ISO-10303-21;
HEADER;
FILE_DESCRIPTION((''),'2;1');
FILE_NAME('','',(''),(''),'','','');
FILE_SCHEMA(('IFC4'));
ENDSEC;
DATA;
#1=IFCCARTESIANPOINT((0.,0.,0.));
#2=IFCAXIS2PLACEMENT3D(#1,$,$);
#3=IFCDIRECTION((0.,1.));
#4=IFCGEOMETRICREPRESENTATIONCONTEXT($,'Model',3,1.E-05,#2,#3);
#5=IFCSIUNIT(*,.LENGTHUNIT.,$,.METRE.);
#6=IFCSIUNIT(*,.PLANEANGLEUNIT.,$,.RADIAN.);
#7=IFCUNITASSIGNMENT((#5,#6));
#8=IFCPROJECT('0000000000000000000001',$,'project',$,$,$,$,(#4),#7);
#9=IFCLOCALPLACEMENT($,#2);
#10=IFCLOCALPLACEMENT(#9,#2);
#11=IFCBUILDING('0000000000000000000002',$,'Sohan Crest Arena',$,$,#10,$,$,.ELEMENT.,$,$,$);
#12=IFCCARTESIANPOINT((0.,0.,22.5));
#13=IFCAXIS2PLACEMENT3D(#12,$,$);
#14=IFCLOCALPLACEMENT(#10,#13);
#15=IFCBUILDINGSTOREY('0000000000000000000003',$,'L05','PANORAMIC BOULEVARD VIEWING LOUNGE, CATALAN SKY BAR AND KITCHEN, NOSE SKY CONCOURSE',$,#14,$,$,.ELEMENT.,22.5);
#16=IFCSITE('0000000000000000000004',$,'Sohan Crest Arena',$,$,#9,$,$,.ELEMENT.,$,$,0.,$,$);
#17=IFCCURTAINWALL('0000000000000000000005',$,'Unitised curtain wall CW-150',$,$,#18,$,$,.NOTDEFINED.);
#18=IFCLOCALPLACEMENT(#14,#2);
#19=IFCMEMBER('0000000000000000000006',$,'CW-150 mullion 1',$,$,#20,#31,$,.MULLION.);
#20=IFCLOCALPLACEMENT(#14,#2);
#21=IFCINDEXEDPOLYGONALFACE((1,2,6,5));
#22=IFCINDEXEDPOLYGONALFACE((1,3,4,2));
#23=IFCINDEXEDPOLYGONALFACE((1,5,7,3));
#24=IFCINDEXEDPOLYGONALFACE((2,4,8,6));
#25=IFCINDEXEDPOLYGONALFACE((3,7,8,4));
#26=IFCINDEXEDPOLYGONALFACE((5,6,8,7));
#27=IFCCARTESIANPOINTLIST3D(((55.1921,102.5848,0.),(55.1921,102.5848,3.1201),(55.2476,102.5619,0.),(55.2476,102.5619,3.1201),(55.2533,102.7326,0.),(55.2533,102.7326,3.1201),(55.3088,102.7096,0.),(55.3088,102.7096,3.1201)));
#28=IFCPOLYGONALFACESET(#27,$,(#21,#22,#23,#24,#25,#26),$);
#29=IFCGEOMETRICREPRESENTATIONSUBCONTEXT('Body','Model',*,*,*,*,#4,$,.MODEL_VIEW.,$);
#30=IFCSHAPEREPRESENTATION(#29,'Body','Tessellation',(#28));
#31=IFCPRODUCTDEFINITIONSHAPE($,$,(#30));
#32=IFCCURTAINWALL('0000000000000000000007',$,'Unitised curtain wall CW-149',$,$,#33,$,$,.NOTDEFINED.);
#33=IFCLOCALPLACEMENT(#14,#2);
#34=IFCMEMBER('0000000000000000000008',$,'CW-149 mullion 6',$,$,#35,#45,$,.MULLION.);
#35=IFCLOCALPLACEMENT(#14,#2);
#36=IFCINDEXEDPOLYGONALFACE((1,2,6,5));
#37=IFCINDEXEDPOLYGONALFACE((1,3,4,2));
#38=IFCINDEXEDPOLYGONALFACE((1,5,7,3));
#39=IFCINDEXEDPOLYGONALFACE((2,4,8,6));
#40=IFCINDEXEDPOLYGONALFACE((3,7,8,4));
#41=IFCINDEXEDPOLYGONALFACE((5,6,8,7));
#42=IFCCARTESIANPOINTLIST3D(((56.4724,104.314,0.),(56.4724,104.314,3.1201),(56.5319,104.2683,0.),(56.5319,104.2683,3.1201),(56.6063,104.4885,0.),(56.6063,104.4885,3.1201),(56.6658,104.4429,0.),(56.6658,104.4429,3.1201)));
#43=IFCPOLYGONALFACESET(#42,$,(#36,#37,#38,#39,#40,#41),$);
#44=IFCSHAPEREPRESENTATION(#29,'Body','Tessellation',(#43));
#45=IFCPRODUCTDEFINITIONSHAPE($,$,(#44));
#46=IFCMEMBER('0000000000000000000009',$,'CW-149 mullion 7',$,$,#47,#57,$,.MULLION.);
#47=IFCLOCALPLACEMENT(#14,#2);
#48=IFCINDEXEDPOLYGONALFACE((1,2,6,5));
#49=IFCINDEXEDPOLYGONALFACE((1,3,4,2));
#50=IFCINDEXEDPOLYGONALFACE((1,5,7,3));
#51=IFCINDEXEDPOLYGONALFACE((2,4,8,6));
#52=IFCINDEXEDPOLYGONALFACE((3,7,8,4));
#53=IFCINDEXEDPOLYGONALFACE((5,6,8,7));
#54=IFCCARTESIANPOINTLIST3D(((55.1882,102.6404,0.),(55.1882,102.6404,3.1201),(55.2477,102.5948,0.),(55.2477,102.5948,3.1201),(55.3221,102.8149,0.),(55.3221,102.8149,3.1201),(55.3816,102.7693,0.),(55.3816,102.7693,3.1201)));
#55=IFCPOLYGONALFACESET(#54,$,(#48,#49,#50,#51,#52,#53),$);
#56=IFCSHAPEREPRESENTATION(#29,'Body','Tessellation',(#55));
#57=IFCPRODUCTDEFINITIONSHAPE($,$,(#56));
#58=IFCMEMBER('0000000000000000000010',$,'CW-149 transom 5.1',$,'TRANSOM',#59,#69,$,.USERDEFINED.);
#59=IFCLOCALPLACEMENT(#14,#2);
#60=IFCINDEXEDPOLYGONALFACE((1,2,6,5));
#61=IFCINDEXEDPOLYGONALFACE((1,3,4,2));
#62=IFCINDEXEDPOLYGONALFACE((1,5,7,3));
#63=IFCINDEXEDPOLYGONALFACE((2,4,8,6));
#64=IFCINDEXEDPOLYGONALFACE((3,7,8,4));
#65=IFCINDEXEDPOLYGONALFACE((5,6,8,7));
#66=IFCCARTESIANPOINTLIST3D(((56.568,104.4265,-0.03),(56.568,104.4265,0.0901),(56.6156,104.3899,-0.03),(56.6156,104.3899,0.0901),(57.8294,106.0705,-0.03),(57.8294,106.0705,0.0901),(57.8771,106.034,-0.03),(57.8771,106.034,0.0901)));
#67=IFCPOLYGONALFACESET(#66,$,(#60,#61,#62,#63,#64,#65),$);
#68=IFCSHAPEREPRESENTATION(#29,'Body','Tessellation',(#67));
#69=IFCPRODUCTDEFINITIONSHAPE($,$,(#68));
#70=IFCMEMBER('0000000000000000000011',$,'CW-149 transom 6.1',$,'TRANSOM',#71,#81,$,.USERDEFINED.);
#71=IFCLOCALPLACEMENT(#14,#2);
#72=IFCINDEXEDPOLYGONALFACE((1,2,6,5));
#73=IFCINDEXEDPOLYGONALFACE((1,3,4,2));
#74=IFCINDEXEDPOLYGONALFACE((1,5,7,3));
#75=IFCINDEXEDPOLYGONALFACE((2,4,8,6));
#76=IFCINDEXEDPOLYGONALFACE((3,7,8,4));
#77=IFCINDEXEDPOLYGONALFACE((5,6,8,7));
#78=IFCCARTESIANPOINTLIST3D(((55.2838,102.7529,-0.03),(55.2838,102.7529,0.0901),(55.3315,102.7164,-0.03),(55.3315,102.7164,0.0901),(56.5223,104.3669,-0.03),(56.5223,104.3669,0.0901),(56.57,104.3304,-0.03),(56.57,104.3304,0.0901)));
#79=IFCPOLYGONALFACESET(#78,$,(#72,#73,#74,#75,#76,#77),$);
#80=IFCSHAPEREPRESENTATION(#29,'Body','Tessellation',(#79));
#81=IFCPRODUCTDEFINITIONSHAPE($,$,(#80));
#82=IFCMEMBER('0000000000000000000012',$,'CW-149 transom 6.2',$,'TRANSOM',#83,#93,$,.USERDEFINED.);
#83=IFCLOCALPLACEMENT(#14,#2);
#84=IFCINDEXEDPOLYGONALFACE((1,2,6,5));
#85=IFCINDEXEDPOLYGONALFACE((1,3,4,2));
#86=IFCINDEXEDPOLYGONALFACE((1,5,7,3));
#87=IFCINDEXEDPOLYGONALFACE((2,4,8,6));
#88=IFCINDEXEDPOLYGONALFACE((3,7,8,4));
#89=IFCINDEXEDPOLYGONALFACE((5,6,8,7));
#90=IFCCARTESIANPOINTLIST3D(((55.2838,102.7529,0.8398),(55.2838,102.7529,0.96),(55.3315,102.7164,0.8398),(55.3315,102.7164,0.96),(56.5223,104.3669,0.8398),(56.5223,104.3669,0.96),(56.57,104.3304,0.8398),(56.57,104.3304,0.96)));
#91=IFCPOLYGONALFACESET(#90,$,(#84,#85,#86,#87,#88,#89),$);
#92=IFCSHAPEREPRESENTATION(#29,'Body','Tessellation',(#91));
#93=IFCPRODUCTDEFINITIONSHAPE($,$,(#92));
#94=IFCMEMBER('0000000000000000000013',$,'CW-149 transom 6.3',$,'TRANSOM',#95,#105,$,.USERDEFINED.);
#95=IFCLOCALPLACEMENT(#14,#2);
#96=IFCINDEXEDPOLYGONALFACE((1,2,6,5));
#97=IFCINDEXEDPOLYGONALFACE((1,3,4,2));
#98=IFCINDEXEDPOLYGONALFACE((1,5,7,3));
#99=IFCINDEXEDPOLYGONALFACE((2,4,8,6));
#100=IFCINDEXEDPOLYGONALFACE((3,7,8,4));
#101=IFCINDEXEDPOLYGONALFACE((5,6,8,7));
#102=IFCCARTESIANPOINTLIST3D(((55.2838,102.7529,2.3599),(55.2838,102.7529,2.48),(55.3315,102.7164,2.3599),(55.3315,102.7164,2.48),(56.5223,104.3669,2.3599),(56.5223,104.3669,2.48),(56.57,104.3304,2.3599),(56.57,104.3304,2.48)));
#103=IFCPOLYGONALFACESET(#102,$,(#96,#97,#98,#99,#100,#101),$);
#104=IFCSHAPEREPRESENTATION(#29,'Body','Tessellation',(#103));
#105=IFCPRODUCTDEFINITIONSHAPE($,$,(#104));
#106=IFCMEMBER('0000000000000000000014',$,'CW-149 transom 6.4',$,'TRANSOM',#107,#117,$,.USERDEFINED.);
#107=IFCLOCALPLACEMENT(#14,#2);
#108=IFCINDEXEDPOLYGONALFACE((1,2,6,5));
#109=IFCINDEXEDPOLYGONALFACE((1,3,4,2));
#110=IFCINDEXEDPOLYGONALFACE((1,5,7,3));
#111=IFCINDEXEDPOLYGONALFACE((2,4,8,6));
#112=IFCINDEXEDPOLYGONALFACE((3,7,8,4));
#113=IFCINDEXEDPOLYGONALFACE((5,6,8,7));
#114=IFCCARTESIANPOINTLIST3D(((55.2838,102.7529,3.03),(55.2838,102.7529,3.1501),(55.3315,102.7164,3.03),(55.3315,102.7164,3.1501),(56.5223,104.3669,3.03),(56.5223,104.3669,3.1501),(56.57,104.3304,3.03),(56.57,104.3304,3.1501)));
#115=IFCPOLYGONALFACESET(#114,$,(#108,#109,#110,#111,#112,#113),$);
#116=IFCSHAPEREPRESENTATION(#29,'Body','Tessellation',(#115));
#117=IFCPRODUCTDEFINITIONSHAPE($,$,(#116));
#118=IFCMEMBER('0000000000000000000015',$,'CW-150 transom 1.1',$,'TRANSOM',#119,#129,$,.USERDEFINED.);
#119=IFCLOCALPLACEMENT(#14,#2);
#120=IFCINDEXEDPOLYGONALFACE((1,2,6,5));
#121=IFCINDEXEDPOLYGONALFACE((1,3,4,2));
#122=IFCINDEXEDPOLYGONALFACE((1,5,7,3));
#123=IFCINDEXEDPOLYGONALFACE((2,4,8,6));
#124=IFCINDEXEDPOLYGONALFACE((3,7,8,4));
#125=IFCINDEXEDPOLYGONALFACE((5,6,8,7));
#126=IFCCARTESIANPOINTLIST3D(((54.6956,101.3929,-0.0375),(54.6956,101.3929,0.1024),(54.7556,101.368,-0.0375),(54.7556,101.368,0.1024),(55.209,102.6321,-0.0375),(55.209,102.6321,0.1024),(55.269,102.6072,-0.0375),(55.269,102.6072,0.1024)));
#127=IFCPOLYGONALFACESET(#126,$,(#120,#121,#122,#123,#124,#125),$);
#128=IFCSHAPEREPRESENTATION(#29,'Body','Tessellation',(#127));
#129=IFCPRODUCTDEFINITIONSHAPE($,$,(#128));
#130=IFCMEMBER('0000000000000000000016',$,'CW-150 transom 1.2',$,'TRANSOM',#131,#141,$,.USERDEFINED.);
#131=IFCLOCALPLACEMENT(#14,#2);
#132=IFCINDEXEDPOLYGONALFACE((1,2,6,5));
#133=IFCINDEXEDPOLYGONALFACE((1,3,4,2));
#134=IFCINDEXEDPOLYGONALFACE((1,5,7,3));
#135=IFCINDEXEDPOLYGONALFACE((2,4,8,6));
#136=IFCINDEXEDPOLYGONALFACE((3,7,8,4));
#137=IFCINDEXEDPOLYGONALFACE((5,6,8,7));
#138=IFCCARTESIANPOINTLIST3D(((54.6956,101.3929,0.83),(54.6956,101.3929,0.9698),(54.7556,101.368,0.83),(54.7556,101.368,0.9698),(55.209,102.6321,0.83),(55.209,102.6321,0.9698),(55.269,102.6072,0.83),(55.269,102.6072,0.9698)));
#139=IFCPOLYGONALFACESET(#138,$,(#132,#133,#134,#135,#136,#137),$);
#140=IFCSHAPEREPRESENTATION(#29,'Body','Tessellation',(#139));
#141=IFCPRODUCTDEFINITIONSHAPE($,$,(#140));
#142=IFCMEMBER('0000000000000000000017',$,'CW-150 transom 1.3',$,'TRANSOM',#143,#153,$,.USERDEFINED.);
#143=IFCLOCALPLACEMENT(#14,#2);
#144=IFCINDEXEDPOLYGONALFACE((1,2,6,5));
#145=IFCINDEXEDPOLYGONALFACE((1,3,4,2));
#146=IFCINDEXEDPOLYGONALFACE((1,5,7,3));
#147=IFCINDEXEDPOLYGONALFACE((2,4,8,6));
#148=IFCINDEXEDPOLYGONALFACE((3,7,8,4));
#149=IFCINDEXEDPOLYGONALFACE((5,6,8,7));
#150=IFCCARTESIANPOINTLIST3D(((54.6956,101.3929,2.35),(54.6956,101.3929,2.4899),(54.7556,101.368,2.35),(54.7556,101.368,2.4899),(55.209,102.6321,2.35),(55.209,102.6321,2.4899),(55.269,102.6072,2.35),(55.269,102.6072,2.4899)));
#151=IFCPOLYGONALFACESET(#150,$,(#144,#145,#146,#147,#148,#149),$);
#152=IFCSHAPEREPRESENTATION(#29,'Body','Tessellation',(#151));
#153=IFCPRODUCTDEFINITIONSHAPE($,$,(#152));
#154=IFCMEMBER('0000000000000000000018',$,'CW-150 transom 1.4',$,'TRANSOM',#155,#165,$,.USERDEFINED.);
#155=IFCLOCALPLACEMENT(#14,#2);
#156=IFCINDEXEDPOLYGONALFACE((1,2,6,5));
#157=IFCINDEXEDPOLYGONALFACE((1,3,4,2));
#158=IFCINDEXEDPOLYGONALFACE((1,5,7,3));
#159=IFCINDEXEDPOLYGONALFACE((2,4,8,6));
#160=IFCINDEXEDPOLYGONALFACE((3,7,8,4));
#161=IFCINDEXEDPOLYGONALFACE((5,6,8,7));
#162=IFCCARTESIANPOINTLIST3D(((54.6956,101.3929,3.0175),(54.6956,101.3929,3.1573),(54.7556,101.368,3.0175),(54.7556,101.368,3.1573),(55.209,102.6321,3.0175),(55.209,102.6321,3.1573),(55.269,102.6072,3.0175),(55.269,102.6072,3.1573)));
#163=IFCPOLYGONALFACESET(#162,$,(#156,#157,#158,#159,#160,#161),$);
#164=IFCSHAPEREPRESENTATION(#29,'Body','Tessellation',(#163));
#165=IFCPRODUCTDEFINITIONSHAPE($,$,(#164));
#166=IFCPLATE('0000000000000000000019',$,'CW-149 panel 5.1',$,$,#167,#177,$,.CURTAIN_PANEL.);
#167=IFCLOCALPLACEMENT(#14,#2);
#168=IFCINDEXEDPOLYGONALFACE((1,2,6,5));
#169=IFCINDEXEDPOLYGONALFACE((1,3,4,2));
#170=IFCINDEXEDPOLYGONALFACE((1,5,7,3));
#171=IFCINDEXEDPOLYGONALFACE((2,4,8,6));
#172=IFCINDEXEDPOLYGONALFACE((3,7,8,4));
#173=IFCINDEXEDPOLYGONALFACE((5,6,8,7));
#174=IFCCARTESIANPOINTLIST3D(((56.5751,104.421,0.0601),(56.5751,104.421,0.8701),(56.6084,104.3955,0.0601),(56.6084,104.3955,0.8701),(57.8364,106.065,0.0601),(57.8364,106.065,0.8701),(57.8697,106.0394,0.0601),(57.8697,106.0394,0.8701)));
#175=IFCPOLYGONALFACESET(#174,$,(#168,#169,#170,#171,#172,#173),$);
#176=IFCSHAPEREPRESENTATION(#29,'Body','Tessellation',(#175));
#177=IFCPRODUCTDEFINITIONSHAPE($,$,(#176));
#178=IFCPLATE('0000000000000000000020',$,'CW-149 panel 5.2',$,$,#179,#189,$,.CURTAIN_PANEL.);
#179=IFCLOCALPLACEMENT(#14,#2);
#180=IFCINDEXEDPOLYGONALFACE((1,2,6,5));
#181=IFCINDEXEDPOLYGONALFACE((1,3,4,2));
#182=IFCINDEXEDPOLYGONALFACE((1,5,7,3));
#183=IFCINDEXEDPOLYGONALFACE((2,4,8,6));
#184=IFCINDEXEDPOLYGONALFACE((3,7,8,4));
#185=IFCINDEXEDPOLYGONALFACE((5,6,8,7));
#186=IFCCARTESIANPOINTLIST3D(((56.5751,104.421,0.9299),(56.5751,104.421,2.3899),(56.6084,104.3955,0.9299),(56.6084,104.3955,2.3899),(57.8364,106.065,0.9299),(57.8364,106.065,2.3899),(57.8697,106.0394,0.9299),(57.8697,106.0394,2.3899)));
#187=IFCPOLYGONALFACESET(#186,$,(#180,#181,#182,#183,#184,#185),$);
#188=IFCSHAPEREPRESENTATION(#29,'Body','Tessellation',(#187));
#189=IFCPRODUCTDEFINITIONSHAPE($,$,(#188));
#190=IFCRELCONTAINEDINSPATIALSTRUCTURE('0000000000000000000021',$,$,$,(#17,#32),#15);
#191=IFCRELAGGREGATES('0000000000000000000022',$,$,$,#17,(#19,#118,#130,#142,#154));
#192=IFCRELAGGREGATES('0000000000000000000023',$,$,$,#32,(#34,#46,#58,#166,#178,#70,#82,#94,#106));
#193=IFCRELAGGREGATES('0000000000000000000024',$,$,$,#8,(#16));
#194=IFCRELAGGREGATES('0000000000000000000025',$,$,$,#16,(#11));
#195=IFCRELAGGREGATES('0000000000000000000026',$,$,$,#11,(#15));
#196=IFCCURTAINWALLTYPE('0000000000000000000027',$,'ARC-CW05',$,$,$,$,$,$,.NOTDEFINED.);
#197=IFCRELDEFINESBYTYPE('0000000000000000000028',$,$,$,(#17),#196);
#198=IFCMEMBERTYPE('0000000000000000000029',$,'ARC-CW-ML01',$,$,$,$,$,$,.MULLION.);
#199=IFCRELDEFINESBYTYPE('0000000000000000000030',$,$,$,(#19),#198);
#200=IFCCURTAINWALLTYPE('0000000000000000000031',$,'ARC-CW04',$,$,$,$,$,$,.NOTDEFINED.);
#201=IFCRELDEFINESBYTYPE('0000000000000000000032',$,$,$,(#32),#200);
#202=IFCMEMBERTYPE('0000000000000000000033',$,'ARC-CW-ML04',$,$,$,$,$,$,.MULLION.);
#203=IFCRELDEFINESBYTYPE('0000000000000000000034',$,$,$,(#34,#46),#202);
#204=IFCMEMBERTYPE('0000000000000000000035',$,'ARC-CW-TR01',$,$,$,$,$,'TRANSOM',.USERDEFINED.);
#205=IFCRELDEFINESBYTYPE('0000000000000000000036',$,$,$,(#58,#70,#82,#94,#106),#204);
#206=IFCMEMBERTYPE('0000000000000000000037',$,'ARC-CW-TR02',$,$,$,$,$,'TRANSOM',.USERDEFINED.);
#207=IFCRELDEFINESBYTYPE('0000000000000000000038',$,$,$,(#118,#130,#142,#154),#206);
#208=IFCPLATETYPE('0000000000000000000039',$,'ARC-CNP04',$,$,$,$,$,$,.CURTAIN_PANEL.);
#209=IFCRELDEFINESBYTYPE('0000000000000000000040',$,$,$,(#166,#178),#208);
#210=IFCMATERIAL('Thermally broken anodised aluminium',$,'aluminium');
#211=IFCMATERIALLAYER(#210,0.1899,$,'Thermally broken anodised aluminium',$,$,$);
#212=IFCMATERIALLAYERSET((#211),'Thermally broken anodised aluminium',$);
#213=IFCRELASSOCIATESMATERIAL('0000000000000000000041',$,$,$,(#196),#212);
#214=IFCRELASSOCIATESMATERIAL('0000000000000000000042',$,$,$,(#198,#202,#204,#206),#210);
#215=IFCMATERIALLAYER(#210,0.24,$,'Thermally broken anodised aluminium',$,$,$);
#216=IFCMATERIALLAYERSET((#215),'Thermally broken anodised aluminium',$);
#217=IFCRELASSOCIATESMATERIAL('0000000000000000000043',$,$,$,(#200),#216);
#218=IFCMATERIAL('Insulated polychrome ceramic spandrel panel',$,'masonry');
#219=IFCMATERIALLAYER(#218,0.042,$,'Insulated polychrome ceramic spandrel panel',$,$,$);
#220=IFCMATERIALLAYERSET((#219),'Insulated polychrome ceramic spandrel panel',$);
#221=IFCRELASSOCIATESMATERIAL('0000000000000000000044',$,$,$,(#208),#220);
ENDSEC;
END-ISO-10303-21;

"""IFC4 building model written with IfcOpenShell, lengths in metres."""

from ifc_helpers import new_model, si_unit, direction, frame, origin, origin_2d, place, context, subcontext, project, spatial, rectangle, extrude, material, layer, layer_set, material_profile, profile_set, type_object, element, aggregate, save


model = new_model("IFC4")

# Units and contexts
model_context = context("Model", 3, precision=1e-05, world=origin(), true_north=direction((0.0, 1.0)))
body_context = subcontext(model_context, "Body", "Model", "MODEL_VIEW")
ifc_project = project(units=[si_unit("LENGTHUNIT", "METRE"), si_unit("PLANEANGLEUNIT", "RADIAN")], contexts=[model_context])

# Site, building, storey
site_placement = place(None, origin())
site = spatial("IfcSite", under=ifc_project, at=site_placement, Name="Sohan Crest Arena", CompositionType="ELEMENT", RefElevation=0.0)
building_placement = place(site_placement, origin())
building = spatial("IfcBuilding", under=site, at=building_placement, Name="Sohan Crest Arena", CompositionType="ELEMENT")
storey_placement = place(building_placement, frame((0.0, 0.0, 22.5)))
storey = spatial("IfcBuildingStorey", under=building, at=storey_placement, Name="L05", Description="PANORAMIC BOULEVARD VIEWING LOUNGE, CATALAN SKY BAR AND KITCHEN, NOSE SKY CONCOURSE", CompositionType="ELEMENT", Elevation=22.5)

# Curtain wall, member
ifc_material_1 = material(Name="Thermally broken anodised aluminium", Category="aluminium")
ifc_layer_1 = layer(ifc_material_1, 0.1899, Name="Thermally broken anodised aluminium")
ifc_layer_set_1 = layer_set([ifc_layer_1], Name="Thermally broken anodised aluminium")
curtain_wall_type_1 = type_object("IfcCurtainWallType", Name="ARC-CW05", PredefinedType="NOTDEFINED", material=ifc_layer_set_1)
curtain_wall_1_placement = place(storey_placement, origin())
curtain_wall_1 = element("IfcCurtainWall", 1, at=curtain_wall_1_placement, inside=storey, type_object=curtain_wall_type_1, Name="Unitised curtain wall CW-150", PredefinedType="NOTDEFINED")
ifc_material_profile_1 = material_profile(ifc_material_1, rectangle(XDim=0.0601, YDim=0.1599, at=origin_2d()), Name="ALU-MULL 60x160")
ifc_profile_set_1 = profile_set([ifc_material_profile_1], Name="Thermally broken anodised aluminium")
member_type_1 = type_object("IfcMemberType", Name="ARC-CW-ML01", PredefinedType="MULLION", material=ifc_profile_set_1)
member_1_placement = place(storey_placement, frame((55.2505, 102.6472, 0.0), z_axis=(0.0, 0.0, 1.0), x_axis=(0.923879, -0.382685, 0.0)))
member_1 = element("IfcMember", 2, at=member_1_placement, type_object=member_type_1, Name="CW-150 mullion 1", PredefinedType="MULLION", context=body_context, shape_type="SweptSolid", body=[
    extrude(rectangle(XDim=0.0601, YDim=0.1599, at=origin_2d()), origin(), (0.0, 0.0, 1.0), 3.1201),
])

# Curtain wall, members
ifc_layer_2 = layer(ifc_material_1, 0.24, Name="Thermally broken anodised aluminium")
ifc_layer_set_2 = layer_set([ifc_layer_2], Name="Thermally broken anodised aluminium")
curtain_wall_type_2 = type_object("IfcCurtainWallType", Name="ARC-CW04", PredefinedType="NOTDEFINED", material=ifc_layer_set_2)
curtain_wall_2_placement = place(storey_placement, origin())
curtain_wall_2 = element("IfcCurtainWall", 3, at=curtain_wall_2_placement, inside=storey, type_object=curtain_wall_type_2, Name="Unitised curtain wall CW-149", PredefinedType="NOTDEFINED")
ifc_material_profile_2 = material_profile(ifc_material_1, rectangle(XDim=0.075, YDim=0.22, at=origin_2d()), Name="ALU-MULL 75x220")
ifc_profile_set_2 = profile_set([ifc_material_profile_2], Name="Thermally broken anodised aluminium")
member_type_2 = type_object("IfcMemberType", Name="ARC-CW-ML04", PredefinedType="MULLION", material=ifc_profile_set_2)
member_2_placement = place(storey_placement, frame((56.5691, 104.3784, 0.0), z_axis=(0.0, 0.0, 1.0), x_axis=(0.793385, -0.60872, 0.0)))
member_2 = element("IfcMember", 4, at=member_2_placement, type_object=member_type_2, Name="CW-149 mullion 6", PredefinedType="MULLION", context=body_context, shape_type="SweptSolid", body=[
    extrude(rectangle(XDim=0.075, YDim=0.22, at=origin_2d()), origin(), (0.0, 0.0, 1.0), 3.1201),
])
member_3_placement = place(storey_placement, frame((55.2849, 102.7048, 0.0), z_axis=(0.0, 0.0, 1.0), x_axis=(0.793385, -0.60872, 0.0)))
member_3 = element("IfcMember", 5, at=member_3_placement, type_object=member_type_2, Name="CW-149 mullion 7", PredefinedType="MULLION", context=body_context, shape_type="SweptSolid", body=[
    extrude(rectangle(XDim=0.075, YDim=0.22, at=origin_2d()), origin(), (0.0, 0.0, 1.0), 3.1201),
])
ifc_material_profile_3 = material_profile(ifc_material_1, rectangle(XDim=0.0601, YDim=0.1201, at=origin_2d()), Name="ALU-TRAN 60x120")
ifc_profile_set_3 = profile_set([ifc_material_profile_3], Name="Thermally broken anodised aluminium")
member_type_3 = type_object("IfcMemberType", Name="ARC-CW-TR01", ElementType="TRANSOM", PredefinedType="USERDEFINED", material=ifc_profile_set_3)
member_4_placement = place(storey_placement, frame((57.8533, 106.0522, 0.03), z_axis=(-0.608748, -0.793364, 0.0), x_axis=(0.793364, -0.608748, 0.0)))
member_4 = element("IfcMember", 6, at=member_4_placement, type_object=member_type_3, Name="CW-149 transom 5.1", ObjectType="TRANSOM", PredefinedType="USERDEFINED", context=body_context, shape_type="SweptSolid", body=[
    extrude(rectangle(XDim=0.0601, YDim=0.1201, at=origin_2d()), origin(), (0.0, 0.0, 1.0), 2.0723),
])
member_5_placement = place(storey_placement, frame((56.5461, 104.3486, 0.03), z_axis=(-0.608777, -0.793342, 0.0), x_axis=(0.793342, -0.608777, 0.0)))
member_5 = element("IfcMember", 7, at=member_5_placement, type_object=member_type_3, Name="CW-149 transom 6.1", ObjectType="TRANSOM", PredefinedType="USERDEFINED", context=body_context, shape_type="SweptSolid", body=[
    extrude(rectangle(XDim=0.0601, YDim=0.1201, at=origin_2d()), origin(), (0.0, 0.0, 1.0), 2.0344),
])
member_6_placement = place(storey_placement, frame((56.5461, 104.3486, 0.8999), z_axis=(-0.608777, -0.793342, 0.0), x_axis=(0.793342, -0.608777, 0.0)))
member_6 = element("IfcMember", 8, at=member_6_placement, type_object=member_type_3, Name="CW-149 transom 6.2", ObjectType="TRANSOM", PredefinedType="USERDEFINED", context=body_context, shape_type="SweptSolid", body=[
    extrude(rectangle(XDim=0.0601, YDim=0.1201, at=origin_2d()), origin(), (0.0, 0.0, 1.0), 2.0344),
])
member_7_placement = place(storey_placement, frame((56.5461, 104.3486, 2.4199), z_axis=(-0.608777, -0.793342, 0.0), x_axis=(0.793342, -0.608777, 0.0)))
member_7 = element("IfcMember", 9, at=member_7_placement, type_object=member_type_3, Name="CW-149 transom 6.3", ObjectType="TRANSOM", PredefinedType="USERDEFINED", context=body_context, shape_type="SweptSolid", body=[
    extrude(rectangle(XDim=0.0601, YDim=0.1201, at=origin_2d()), origin(), (0.0, 0.0, 1.0), 2.0344),
])
member_8_placement = place(storey_placement, frame((56.5461, 104.3486, 3.0901), z_axis=(-0.608777, -0.793342, 0.0), x_axis=(0.793342, -0.608777, 0.0)))
member_8 = element("IfcMember", 10, at=member_8_placement, type_object=member_type_3, Name="CW-149 transom 6.4", ObjectType="TRANSOM", PredefinedType="USERDEFINED", context=body_context, shape_type="SweptSolid", body=[
    extrude(rectangle(XDim=0.0601, YDim=0.1201, at=origin_2d()), origin(), (0.0, 0.0, 1.0), 2.0344),
])

# Members
ifc_material_profile_4 = material_profile(ifc_material_1, rectangle(XDim=0.0649, YDim=0.1399, at=origin_2d()), Name="ALU-TRAN 65x140")
ifc_profile_set_4 = profile_set([ifc_material_profile_4], Name="Thermally broken anodised aluminium")
member_type_4 = type_object("IfcMemberType", Name="ARC-CW-TR02", ElementType="TRANSOM", PredefinedType="USERDEFINED", material=ifc_profile_set_4)
member_9_placement = place(storey_placement, frame((55.239, 102.6196, 0.0325), z_axis=(-0.382754, -0.92385, 0.0), x_axis=(0.92385, -0.382754, 0.0)))
member_9 = element("IfcMember", 11, at=member_9_placement, type_object=member_type_4, Name="CW-150 transom 1.1", ObjectType="TRANSOM", PredefinedType="USERDEFINED", context=body_context, shape_type="SweptSolid", body=[
    extrude(rectangle(XDim=0.0649, YDim=0.1399, at=origin_2d()), origin(), (0.0, 0.0, 1.0), 1.3413),
])
member_10_placement = place(storey_placement, frame((55.239, 102.6196, 0.8999), z_axis=(-0.382754, -0.92385, 0.0), x_axis=(0.92385, -0.382754, 0.0)))
member_10 = element("IfcMember", 12, at=member_10_placement, type_object=member_type_4, Name="CW-150 transom 1.2", ObjectType="TRANSOM", PredefinedType="USERDEFINED", context=body_context, shape_type="SweptSolid", body=[
    extrude(rectangle(XDim=0.0649, YDim=0.1399, at=origin_2d()), origin(), (0.0, 0.0, 1.0), 1.3413),
])
member_11_placement = place(storey_placement, frame((55.239, 102.6196, 2.4199), z_axis=(-0.382754, -0.92385, 0.0), x_axis=(0.92385, -0.382754, 0.0)))
member_11 = element("IfcMember", 13, at=member_11_placement, type_object=member_type_4, Name="CW-150 transom 1.3", ObjectType="TRANSOM", PredefinedType="USERDEFINED", context=body_context, shape_type="SweptSolid", body=[
    extrude(rectangle(XDim=0.0649, YDim=0.1399, at=origin_2d()), origin(), (0.0, 0.0, 1.0), 1.3413),
])
member_12_placement = place(storey_placement, frame((55.239, 102.6196, 3.0874), z_axis=(-0.382754, -0.92385, 0.0), x_axis=(0.92385, -0.382754, 0.0)))
member_12 = element("IfcMember", 14, at=member_12_placement, type_object=member_type_4, Name="CW-150 transom 1.4", ObjectType="TRANSOM", PredefinedType="USERDEFINED", context=body_context, shape_type="SweptSolid", body=[
    extrude(rectangle(XDim=0.0649, YDim=0.1399, at=origin_2d()), origin(), (0.0, 0.0, 1.0), 1.3413),
])
aggregate(curtain_wall_1, [member_1, member_9, member_10, member_11, member_12])

# Plates
ifc_material_2 = material(Name="Insulated polychrome ceramic spandrel panel", Category="masonry")
ifc_layer_3 = layer(ifc_material_2, 0.042, Name="Insulated polychrome ceramic spandrel panel")
ifc_layer_set_3 = layer_set([ifc_layer_3], Name="Insulated polychrome ceramic spandrel panel")
plate_type = type_object("IfcPlateType", Name="ARC-CNP04", PredefinedType="CURTAIN_PANEL", material=ifc_layer_set_3)
plate_1_placement = place(storey_placement, frame((57.2224, 105.2302, 0.0601), z_axis=(0.0, 0.0, 1.0), x_axis=(-0.60872, -0.793385, 0.0)))
plate_1 = element("IfcPlate", 15, at=plate_1_placement, type_object=plate_type, Name="CW-149 panel 5.1", PredefinedType="CURTAIN_PANEL", context=body_context, shape_type="SweptSolid", body=[
    extrude(rectangle(XDim=2.072, YDim=0.042, at=origin_2d()), origin(), (0.0, 0.0, 1.0), 0.8101),
])
plate_2_placement = place(storey_placement, frame((57.2224, 105.2302, 0.9299), z_axis=(0.0, 0.0, 1.0), x_axis=(-0.60872, -0.793385, 0.0)))
plate_2 = element("IfcPlate", 16, at=plate_2_placement, type_object=plate_type, Name="CW-149 panel 5.2", PredefinedType="CURTAIN_PANEL", context=body_context, shape_type="SweptSolid", body=[
    extrude(rectangle(XDim=2.072, YDim=0.042, at=origin_2d()), origin(), (0.0, 0.0, 1.0), 1.46),
])
aggregate(curtain_wall_2, [member_2, member_3, member_4, plate_1, plate_2, member_5, member_6, member_7, member_8])

save(model, "model.ifc")
